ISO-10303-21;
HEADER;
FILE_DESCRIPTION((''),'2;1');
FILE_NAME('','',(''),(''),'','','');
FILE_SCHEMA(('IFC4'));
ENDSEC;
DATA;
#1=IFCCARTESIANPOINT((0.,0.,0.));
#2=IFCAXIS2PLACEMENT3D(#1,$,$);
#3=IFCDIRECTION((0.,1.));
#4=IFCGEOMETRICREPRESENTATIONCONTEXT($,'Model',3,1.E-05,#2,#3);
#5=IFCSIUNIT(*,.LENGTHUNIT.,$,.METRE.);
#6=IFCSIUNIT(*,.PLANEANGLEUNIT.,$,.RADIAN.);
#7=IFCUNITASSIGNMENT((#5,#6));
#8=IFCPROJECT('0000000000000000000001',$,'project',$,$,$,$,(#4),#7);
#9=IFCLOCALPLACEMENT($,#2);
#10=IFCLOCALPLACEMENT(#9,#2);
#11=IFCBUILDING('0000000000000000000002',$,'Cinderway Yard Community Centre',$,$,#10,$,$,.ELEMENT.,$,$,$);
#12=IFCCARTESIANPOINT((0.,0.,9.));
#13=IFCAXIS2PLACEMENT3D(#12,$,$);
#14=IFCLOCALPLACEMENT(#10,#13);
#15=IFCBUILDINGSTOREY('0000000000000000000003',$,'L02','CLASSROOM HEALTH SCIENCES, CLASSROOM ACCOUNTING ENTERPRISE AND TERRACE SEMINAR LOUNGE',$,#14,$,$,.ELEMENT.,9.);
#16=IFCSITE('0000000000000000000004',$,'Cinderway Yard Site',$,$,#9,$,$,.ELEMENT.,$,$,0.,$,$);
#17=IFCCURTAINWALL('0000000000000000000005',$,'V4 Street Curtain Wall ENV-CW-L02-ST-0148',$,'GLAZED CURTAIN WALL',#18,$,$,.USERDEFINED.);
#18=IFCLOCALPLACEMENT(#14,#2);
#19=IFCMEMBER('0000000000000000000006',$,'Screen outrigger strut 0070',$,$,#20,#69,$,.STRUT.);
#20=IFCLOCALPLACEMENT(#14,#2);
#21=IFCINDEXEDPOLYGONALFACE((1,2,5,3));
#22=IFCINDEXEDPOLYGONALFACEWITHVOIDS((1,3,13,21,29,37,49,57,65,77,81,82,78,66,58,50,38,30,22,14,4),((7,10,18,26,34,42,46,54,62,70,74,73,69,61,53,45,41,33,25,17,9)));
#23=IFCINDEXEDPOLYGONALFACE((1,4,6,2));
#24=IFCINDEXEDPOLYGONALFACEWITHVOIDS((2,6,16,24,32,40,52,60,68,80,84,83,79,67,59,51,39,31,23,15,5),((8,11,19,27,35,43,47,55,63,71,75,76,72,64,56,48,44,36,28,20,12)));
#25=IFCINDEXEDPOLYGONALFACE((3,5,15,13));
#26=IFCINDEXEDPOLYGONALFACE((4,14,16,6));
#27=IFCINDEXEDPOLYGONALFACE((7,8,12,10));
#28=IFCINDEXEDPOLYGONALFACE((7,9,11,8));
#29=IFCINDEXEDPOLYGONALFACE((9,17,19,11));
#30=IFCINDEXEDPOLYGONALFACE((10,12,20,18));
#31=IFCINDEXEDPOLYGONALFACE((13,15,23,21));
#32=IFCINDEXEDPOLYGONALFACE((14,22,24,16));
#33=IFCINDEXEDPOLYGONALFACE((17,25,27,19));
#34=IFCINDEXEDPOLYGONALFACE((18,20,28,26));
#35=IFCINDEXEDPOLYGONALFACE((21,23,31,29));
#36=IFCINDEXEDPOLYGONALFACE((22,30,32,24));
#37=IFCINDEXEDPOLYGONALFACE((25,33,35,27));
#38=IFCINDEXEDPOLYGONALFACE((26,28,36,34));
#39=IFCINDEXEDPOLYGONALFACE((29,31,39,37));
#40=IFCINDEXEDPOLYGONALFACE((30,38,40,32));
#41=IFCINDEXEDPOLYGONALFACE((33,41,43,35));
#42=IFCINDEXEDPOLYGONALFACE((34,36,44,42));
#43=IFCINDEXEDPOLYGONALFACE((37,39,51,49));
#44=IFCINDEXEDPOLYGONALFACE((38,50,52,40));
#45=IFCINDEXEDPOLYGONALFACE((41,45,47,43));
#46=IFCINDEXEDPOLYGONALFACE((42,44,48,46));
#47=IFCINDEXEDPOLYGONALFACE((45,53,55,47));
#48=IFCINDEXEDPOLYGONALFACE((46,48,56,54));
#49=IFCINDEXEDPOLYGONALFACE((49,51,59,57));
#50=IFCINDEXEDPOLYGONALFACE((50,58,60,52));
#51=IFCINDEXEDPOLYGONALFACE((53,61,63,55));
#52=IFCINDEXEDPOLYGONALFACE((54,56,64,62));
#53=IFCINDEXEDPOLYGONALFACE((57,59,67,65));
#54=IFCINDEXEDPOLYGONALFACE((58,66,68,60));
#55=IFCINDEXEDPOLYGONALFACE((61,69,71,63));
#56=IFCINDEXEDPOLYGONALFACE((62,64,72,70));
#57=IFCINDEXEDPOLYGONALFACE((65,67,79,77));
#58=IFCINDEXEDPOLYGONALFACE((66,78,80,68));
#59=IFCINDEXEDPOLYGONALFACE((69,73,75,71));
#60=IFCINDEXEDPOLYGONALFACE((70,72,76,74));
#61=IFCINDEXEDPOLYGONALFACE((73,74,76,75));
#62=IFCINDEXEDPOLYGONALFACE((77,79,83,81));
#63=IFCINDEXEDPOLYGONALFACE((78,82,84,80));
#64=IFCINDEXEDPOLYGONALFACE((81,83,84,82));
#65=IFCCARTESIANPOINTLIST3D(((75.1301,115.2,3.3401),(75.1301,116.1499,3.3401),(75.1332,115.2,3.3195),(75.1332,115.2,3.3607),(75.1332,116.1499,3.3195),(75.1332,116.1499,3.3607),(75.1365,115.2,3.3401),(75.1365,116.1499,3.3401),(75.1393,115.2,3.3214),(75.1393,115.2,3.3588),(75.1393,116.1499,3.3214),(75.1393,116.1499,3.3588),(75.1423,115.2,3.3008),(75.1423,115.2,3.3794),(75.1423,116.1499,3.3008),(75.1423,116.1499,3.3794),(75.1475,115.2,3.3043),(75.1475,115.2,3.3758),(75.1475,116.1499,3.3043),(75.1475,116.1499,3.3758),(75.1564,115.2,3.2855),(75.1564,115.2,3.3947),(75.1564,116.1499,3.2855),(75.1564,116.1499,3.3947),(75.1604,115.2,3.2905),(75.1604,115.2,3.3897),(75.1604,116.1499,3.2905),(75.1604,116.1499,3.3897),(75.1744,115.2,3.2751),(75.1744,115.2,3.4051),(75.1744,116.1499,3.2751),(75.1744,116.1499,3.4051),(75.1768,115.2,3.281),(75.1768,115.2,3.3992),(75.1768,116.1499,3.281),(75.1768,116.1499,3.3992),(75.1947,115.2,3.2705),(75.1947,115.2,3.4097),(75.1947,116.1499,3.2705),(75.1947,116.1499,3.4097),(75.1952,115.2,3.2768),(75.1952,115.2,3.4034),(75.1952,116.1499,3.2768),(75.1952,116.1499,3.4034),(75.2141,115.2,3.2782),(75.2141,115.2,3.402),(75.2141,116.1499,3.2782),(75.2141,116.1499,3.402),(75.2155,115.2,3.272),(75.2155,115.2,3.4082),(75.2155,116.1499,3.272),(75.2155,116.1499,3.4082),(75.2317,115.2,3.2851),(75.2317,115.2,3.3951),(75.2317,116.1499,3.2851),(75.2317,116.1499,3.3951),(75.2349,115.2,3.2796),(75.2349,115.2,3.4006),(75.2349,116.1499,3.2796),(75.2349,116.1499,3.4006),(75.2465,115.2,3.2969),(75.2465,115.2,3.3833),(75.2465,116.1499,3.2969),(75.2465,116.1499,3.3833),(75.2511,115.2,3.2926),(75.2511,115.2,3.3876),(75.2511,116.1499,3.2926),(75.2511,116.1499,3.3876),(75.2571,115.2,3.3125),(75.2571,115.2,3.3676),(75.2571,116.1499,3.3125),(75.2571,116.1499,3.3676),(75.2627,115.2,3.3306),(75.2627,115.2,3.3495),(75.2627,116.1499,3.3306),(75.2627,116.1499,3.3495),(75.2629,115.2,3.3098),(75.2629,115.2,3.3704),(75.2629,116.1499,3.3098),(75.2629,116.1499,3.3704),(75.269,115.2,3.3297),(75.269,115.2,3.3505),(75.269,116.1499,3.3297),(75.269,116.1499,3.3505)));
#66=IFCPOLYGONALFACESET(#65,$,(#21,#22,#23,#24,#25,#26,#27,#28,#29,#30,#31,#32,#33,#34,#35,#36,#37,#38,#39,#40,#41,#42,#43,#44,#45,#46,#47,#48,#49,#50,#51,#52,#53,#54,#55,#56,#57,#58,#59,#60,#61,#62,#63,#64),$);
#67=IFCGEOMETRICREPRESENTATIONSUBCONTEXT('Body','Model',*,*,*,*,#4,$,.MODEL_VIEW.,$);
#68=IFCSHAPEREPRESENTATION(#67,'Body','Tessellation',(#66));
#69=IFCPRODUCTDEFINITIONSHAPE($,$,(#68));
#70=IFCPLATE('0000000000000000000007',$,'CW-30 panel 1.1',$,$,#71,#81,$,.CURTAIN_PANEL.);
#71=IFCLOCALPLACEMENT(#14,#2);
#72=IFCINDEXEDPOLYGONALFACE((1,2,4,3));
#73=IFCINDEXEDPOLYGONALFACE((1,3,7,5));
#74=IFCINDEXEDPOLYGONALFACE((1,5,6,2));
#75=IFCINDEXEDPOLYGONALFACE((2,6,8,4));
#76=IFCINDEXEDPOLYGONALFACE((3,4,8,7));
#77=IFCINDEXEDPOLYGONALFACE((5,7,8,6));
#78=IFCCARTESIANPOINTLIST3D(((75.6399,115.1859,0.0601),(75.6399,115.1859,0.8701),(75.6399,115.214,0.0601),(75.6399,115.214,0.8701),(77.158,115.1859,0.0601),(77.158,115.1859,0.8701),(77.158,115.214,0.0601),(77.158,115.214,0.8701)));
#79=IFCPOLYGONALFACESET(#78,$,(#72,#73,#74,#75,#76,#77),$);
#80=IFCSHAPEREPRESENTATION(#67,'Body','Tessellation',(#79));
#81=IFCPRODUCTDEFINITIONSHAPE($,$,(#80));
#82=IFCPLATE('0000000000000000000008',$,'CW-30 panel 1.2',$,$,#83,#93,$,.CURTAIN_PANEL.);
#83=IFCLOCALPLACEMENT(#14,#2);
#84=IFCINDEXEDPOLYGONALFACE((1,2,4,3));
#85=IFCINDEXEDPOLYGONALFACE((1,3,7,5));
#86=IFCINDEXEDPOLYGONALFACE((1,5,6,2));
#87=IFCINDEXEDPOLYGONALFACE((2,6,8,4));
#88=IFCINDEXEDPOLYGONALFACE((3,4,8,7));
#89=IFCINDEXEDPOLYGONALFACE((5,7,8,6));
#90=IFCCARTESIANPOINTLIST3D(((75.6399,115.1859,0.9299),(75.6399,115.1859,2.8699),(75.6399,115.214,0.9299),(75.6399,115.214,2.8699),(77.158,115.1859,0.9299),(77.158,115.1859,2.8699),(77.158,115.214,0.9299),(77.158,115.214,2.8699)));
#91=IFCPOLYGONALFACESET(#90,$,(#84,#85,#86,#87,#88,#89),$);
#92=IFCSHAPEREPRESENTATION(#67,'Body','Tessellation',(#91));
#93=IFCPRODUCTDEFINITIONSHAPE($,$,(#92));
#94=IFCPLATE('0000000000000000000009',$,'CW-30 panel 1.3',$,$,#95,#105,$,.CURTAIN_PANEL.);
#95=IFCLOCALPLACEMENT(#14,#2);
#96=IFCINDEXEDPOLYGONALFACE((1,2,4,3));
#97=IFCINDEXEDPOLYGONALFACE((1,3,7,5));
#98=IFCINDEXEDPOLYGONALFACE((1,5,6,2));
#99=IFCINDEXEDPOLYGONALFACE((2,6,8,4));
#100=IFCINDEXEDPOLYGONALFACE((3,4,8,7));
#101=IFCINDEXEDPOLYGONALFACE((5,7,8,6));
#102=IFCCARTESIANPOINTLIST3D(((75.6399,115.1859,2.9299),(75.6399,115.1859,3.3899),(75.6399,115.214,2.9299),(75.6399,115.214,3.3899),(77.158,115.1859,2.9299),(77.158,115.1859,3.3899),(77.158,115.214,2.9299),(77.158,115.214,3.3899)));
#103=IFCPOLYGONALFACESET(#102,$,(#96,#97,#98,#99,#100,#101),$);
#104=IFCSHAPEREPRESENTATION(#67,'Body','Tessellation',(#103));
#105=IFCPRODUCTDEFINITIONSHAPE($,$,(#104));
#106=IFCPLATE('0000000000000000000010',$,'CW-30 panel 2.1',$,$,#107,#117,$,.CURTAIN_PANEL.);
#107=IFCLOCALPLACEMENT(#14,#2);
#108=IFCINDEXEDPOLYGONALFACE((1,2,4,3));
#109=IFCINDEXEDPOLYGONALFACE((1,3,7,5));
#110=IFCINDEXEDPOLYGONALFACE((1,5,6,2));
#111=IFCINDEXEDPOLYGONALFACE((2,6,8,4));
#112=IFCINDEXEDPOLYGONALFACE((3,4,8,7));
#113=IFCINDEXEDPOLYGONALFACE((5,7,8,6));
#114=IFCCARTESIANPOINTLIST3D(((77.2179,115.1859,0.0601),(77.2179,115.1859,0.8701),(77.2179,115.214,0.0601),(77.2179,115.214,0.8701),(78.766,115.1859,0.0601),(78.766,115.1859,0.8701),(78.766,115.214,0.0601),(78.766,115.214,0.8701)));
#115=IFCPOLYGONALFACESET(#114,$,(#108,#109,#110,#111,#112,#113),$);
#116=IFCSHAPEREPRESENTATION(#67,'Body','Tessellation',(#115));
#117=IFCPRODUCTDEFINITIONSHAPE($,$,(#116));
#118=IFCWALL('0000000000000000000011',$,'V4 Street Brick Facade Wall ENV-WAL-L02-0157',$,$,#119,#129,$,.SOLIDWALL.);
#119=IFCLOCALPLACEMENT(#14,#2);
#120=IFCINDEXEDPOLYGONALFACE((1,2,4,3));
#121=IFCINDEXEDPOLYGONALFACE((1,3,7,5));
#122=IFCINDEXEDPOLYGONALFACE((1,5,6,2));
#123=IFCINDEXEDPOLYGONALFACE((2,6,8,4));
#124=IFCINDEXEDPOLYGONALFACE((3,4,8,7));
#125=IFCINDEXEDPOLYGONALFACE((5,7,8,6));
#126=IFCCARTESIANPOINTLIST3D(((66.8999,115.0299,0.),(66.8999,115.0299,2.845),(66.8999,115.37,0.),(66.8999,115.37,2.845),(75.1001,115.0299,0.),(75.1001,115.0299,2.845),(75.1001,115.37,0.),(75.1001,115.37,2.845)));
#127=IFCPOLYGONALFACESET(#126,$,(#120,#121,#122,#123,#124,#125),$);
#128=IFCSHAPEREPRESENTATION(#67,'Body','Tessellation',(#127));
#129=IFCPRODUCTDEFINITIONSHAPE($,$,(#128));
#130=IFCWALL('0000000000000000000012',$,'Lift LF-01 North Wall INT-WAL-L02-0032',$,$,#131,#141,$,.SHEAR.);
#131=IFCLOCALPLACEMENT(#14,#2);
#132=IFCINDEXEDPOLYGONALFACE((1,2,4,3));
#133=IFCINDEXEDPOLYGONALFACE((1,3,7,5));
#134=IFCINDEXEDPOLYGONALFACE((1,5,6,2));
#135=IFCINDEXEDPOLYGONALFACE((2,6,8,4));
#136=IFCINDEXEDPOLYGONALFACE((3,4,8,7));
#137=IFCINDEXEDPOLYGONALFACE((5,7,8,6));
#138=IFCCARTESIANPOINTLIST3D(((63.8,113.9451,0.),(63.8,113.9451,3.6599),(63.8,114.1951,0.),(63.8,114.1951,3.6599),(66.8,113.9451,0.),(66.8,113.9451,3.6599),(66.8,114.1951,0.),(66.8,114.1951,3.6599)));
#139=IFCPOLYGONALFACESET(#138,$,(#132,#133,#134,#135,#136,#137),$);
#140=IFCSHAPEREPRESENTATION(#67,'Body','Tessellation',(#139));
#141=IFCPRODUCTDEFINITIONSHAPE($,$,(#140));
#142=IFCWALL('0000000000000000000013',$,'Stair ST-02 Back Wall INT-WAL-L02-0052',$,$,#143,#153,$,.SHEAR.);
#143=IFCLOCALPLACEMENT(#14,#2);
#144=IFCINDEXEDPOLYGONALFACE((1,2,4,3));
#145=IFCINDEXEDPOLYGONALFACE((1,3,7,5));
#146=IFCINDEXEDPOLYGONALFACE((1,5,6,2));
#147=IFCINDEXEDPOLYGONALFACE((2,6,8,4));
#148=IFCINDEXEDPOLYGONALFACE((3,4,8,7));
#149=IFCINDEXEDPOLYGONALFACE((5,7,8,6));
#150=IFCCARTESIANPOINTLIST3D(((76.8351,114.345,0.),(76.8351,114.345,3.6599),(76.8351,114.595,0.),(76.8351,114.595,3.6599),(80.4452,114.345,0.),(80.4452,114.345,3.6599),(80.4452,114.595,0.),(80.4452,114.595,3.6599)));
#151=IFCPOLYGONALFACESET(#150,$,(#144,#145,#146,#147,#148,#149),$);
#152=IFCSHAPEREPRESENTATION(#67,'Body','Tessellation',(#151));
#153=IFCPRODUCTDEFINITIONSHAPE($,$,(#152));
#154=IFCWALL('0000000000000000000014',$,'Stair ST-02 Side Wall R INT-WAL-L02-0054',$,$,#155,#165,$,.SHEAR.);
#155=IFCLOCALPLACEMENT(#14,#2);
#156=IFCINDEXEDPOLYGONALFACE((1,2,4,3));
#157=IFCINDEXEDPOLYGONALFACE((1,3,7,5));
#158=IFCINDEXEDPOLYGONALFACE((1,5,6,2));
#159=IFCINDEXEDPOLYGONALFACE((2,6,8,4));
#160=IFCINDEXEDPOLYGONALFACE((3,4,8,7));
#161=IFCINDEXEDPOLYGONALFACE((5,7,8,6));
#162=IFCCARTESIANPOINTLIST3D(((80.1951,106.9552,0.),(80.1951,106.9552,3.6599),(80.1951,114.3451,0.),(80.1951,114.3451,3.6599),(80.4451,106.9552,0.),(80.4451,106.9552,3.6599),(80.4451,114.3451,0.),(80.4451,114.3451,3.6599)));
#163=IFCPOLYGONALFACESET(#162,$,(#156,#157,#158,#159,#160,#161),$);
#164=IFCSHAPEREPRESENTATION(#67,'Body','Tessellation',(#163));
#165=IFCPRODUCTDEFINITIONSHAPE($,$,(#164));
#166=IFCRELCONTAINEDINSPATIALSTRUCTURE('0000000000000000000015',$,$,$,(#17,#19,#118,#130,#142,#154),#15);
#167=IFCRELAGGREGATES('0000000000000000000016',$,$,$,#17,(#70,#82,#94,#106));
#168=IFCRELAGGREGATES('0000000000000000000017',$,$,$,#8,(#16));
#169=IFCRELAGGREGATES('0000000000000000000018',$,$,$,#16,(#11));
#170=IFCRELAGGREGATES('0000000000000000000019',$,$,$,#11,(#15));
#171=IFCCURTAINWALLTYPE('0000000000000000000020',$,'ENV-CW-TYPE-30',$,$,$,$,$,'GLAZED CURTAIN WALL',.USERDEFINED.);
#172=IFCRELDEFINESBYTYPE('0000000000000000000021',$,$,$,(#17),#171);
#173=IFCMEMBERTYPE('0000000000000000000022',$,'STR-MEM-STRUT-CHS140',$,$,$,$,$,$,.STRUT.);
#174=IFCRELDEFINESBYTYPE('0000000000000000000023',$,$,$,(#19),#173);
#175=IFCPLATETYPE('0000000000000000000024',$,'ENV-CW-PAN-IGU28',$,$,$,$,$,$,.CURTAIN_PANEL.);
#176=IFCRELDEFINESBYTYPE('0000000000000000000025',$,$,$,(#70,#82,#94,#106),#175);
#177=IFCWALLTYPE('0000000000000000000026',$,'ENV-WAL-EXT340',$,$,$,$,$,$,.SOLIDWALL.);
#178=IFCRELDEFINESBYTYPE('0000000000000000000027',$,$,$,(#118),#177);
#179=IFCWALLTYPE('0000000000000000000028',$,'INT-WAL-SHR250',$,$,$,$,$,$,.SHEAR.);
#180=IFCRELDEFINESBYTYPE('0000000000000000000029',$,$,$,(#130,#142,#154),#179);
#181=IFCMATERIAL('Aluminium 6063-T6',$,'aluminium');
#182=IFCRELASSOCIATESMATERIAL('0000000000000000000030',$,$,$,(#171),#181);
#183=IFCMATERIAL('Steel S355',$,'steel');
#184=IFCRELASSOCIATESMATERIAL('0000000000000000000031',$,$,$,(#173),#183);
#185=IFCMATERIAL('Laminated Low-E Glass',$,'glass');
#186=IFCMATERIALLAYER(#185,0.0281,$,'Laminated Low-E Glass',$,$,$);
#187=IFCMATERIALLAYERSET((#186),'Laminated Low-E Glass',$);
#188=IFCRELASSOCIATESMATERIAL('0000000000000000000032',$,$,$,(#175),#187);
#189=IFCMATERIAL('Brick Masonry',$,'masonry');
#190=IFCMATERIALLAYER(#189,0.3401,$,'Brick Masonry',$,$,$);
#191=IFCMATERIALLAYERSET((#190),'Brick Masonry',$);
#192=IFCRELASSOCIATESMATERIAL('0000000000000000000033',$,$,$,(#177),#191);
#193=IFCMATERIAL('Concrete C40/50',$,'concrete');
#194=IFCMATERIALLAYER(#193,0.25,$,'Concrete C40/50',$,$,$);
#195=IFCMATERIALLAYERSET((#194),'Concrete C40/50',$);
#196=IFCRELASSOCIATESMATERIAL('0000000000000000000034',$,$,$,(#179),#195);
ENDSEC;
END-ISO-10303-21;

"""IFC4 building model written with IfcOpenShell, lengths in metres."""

from ifc_helpers import new_model, si_unit, direction, frame, frame_2d, origin, origin_2d, place, context, subcontext, project, spatial, rectangle, hollow_circle, extrude, material, layer, layer_set, material_profile, profile_set, type_object, element, aggregate, save


model = new_model("IFC4")

# Units and contexts
model_context = context("Model", 3, precision=1e-05, world=origin(), true_north=direction((0.0, 1.0)))
body_context = subcontext(model_context, "Body", "Model", "MODEL_VIEW")
ifc_project = project(units=[si_unit("LENGTHUNIT", "METRE"), si_unit("PLANEANGLEUNIT", "RADIAN")], contexts=[model_context])

# Site, building, storey
site_placement = place(None, origin())
site = spatial("IfcSite", under=ifc_project, at=site_placement, Name="Cinderway Yard Site", CompositionType="ELEMENT", RefElevation=0.0)
building_placement = place(site_placement, origin())
building = spatial("IfcBuilding", under=site, at=building_placement, Name="Cinderway Yard Community Centre", CompositionType="ELEMENT")
storey_placement = place(building_placement, frame((0.0, 0.0, 9.0)))
storey = spatial("IfcBuildingStorey", under=building, at=storey_placement, Name="L02", Description="CLASSROOM HEALTH SCIENCES, CLASSROOM ACCOUNTING ENTERPRISE AND TERRACE SEMINAR LOUNGE", CompositionType="ELEMENT", Elevation=9.0)

# Shared definitions
ifc_material_1 = material(Name="Concrete C40/50", Category="concrete")

# Curtain wall
ifc_material_2 = material(Name="Aluminium 6063-T6", Category="aluminium")
curtain_wall_type = type_object("IfcCurtainWallType", Name="ENV-CW-TYPE-30", ElementType="GLAZED CURTAIN WALL", PredefinedType="USERDEFINED", material=ifc_material_2)
curtain_wall_placement = place(storey_placement, origin())
curtain_wall = element("IfcCurtainWall", 1, at=curtain_wall_placement, inside=storey, type_object=curtain_wall_type, Name="V4 Street Curtain Wall ENV-CW-L02-ST-0148", ObjectType="GLAZED CURTAIN WALL", PredefinedType="USERDEFINED")

# Member
ifc_material_3 = material(Name="Steel S355", Category="steel")
ifc_material_profile_1 = material_profile(ifc_material_3, hollow_circle(Radius=0.0698, WallThickness=0.0063, at=origin_2d()), Name="Steel S355")
ifc_profile_set_1 = profile_set([ifc_material_profile_1], Name="Steel S355")
member_type_1 = type_object("IfcMemberType", Name="STR-MEM-STRUT-CHS140", PredefinedType="STRUT", material=ifc_profile_set_1)
for number, where, z_axis, x_axis, name in (
    (2, (75.2, 115.2, 3.3401), (0.0, 1.0, 0.0), (-1.0, 0.0, 0.0), "Screen outrigger strut 0070"),
):
    element("IfcMember", number, at=place(storey_placement, frame(where, z_axis=z_axis, x_axis=x_axis)), inside=storey, type_object=member_type_1, Name=name, PredefinedType="STRUT", context=body_context, shape_type="SweptSolid", body=[
        extrude(hollow_circle(Radius=0.0698, WallThickness=0.0063, at=origin_2d()), origin(), (0.0, 0.0, 1.0), 0.95),
    ])

# Plates
ifc_material_4 = material(Name="Laminated Low-E Glass", Category="glass")
ifc_layer_1 = layer(ifc_material_4, 0.0281, Name="Laminated Low-E Glass")
ifc_layer_set_1 = layer_set([ifc_layer_1], Name="Laminated Low-E Glass")
plate_type = type_object("IfcPlateType", Name="ENV-CW-PAN-IGU28", PredefinedType="CURTAIN_PANEL", material=ifc_layer_set_1)
plate_1_placement = place(storey_placement, frame((76.3989, 115.2, 0.0601), z_axis=(0.0, 0.0, 1.0), x_axis=(1.0, 0.0, 0.0)))
plate_1 = element("IfcPlate", 3, at=plate_1_placement, type_object=plate_type, Name="CW-30 panel 1.1", PredefinedType="CURTAIN_PANEL", context=body_context, shape_type="SweptSolid", body=[
    extrude(rectangle(XDim=1.5181, YDim=0.0281, at=origin_2d()), origin(), (0.0, 0.0, 1.0), 0.8101),
])
plate_2_placement = place(storey_placement, frame((76.3989, 115.2, 0.9299), z_axis=(0.0, 0.0, 1.0), x_axis=(1.0, 0.0, 0.0)))
plate_2 = element("IfcPlate", 4, at=plate_2_placement, type_object=plate_type, Name="CW-30 panel 1.2", PredefinedType="CURTAIN_PANEL", context=body_context, shape_type="SweptSolid", body=[
    extrude(rectangle(XDim=1.5181, YDim=0.0281, at=origin_2d()), origin(), (0.0, 0.0, 1.0), 1.9399),
])
plate_3_placement = place(storey_placement, frame((76.3989, 115.2, 2.9299), z_axis=(0.0, 0.0, 1.0), x_axis=(1.0, 0.0, 0.0)))
plate_3 = element("IfcPlate", 5, at=plate_3_placement, type_object=plate_type, Name="CW-30 panel 1.3", PredefinedType="CURTAIN_PANEL", context=body_context, shape_type="SweptSolid", body=[
    extrude(rectangle(XDim=1.5181, YDim=0.0281, at=origin_2d()), origin(), (0.0, 0.0, 1.0), 0.46),
])
plate_4_placement = place(storey_placement, frame((77.9919, 115.2, 0.0601), z_axis=(0.0, 0.0, 1.0), x_axis=(1.0, 0.0, 0.0)))
plate_4 = element("IfcPlate", 6, at=plate_4_placement, type_object=plate_type, Name="CW-30 panel 2.1", PredefinedType="CURTAIN_PANEL", context=body_context, shape_type="SweptSolid", body=[
    extrude(rectangle(XDim=1.5481, YDim=0.0281, at=origin_2d()), origin(), (0.0, 0.0, 1.0), 0.8101),
])
aggregate(curtain_wall, [plate_1, plate_2, plate_3, plate_4])

# Walls
ifc_material_5 = material(Name="Brick Masonry", Category="masonry")
ifc_layer_2 = layer(ifc_material_5, 0.3401, Name="Brick Masonry")
ifc_layer_set_2 = layer_set([ifc_layer_2], Name="Brick Masonry")
wall_type_1 = type_object("IfcWallType", Name="ENV-WAL-EXT340", PredefinedType="SOLIDWALL", material=ifc_layer_set_2)
wall_1_placement = place(storey_placement, frame((66.8999, 115.2, 0.0), z_axis=(0.0, 0.0, 1.0), x_axis=(1.0, 0.0, 0.0)))
element("IfcWall", 7, at=wall_1_placement, inside=storey, type_object=wall_type_1, Name="V4 Street Brick Facade Wall ENV-WAL-L02-0157", PredefinedType="SOLIDWALL", context=body_context, shape_type="SweptSolid", body=[
    extrude(rectangle(XDim=8.2002, YDim=0.3401, at=frame_2d((4.1001, 0.0))), origin(), (0.0, 0.0, 1.0), 2.845),
])
ifc_layer_3 = layer(ifc_material_1, 0.25, Name="Concrete C40/50")
ifc_layer_set_3 = layer_set([ifc_layer_3], Name="Concrete C40/50")
wall_type_2 = type_object("IfcWallType", Name="INT-WAL-SHR250", PredefinedType="SHEAR", material=ifc_layer_set_3)
wall_2_placement = place(storey_placement, frame((66.8, 114.0701, 0.0), z_axis=(0.0, 0.0, 1.0), x_axis=(-1.0, 0.0, 0.0)))
element("IfcWall", 8, at=wall_2_placement, inside=storey, type_object=wall_type_2, Name="Lift LF-01 North Wall INT-WAL-L02-0032", PredefinedType="SHEAR", context=body_context, shape_type="SweptSolid", body=[
    extrude(rectangle(XDim=3.0, YDim=0.25, at=frame_2d((1.5, 0.0))), origin(), (0.0, 0.0, 1.0), 3.6599),
])
wall_3_placement = place(storey_placement, frame((76.835, 114.47, 0.0), z_axis=(0.0, 0.0, 1.0), x_axis=(1.0, 0.0, 0.0)))
element("IfcWall", 9, at=wall_3_placement, inside=storey, type_object=wall_type_2, Name="Stair ST-02 Back Wall INT-WAL-L02-0052", PredefinedType="SHEAR", context=body_context, shape_type="SweptSolid", body=[
    extrude(rectangle(XDim=3.6101, YDim=0.25, at=frame_2d((1.8052, 0.0))), origin(), (0.0, 0.0, 1.0), 3.6599),
])
wall_4_placement = place(storey_placement, frame((80.3201, 114.345, 0.0), z_axis=(0.0, 0.0, 1.0), x_axis=(0.0, -1.0, 0.0)))
element("IfcWall", 10, at=wall_4_placement, inside=storey, type_object=wall_type_2, Name="Stair ST-02 Side Wall R INT-WAL-L02-0054", PredefinedType="SHEAR", context=body_context, shape_type="SweptSolid", body=[
    extrude(rectangle(XDim=7.3899, YDim=0.25, at=frame_2d((3.6948, 0.0))), origin(), (0.0, 0.0, 1.0), 3.6599),
])

save(model, "model.ifc")
